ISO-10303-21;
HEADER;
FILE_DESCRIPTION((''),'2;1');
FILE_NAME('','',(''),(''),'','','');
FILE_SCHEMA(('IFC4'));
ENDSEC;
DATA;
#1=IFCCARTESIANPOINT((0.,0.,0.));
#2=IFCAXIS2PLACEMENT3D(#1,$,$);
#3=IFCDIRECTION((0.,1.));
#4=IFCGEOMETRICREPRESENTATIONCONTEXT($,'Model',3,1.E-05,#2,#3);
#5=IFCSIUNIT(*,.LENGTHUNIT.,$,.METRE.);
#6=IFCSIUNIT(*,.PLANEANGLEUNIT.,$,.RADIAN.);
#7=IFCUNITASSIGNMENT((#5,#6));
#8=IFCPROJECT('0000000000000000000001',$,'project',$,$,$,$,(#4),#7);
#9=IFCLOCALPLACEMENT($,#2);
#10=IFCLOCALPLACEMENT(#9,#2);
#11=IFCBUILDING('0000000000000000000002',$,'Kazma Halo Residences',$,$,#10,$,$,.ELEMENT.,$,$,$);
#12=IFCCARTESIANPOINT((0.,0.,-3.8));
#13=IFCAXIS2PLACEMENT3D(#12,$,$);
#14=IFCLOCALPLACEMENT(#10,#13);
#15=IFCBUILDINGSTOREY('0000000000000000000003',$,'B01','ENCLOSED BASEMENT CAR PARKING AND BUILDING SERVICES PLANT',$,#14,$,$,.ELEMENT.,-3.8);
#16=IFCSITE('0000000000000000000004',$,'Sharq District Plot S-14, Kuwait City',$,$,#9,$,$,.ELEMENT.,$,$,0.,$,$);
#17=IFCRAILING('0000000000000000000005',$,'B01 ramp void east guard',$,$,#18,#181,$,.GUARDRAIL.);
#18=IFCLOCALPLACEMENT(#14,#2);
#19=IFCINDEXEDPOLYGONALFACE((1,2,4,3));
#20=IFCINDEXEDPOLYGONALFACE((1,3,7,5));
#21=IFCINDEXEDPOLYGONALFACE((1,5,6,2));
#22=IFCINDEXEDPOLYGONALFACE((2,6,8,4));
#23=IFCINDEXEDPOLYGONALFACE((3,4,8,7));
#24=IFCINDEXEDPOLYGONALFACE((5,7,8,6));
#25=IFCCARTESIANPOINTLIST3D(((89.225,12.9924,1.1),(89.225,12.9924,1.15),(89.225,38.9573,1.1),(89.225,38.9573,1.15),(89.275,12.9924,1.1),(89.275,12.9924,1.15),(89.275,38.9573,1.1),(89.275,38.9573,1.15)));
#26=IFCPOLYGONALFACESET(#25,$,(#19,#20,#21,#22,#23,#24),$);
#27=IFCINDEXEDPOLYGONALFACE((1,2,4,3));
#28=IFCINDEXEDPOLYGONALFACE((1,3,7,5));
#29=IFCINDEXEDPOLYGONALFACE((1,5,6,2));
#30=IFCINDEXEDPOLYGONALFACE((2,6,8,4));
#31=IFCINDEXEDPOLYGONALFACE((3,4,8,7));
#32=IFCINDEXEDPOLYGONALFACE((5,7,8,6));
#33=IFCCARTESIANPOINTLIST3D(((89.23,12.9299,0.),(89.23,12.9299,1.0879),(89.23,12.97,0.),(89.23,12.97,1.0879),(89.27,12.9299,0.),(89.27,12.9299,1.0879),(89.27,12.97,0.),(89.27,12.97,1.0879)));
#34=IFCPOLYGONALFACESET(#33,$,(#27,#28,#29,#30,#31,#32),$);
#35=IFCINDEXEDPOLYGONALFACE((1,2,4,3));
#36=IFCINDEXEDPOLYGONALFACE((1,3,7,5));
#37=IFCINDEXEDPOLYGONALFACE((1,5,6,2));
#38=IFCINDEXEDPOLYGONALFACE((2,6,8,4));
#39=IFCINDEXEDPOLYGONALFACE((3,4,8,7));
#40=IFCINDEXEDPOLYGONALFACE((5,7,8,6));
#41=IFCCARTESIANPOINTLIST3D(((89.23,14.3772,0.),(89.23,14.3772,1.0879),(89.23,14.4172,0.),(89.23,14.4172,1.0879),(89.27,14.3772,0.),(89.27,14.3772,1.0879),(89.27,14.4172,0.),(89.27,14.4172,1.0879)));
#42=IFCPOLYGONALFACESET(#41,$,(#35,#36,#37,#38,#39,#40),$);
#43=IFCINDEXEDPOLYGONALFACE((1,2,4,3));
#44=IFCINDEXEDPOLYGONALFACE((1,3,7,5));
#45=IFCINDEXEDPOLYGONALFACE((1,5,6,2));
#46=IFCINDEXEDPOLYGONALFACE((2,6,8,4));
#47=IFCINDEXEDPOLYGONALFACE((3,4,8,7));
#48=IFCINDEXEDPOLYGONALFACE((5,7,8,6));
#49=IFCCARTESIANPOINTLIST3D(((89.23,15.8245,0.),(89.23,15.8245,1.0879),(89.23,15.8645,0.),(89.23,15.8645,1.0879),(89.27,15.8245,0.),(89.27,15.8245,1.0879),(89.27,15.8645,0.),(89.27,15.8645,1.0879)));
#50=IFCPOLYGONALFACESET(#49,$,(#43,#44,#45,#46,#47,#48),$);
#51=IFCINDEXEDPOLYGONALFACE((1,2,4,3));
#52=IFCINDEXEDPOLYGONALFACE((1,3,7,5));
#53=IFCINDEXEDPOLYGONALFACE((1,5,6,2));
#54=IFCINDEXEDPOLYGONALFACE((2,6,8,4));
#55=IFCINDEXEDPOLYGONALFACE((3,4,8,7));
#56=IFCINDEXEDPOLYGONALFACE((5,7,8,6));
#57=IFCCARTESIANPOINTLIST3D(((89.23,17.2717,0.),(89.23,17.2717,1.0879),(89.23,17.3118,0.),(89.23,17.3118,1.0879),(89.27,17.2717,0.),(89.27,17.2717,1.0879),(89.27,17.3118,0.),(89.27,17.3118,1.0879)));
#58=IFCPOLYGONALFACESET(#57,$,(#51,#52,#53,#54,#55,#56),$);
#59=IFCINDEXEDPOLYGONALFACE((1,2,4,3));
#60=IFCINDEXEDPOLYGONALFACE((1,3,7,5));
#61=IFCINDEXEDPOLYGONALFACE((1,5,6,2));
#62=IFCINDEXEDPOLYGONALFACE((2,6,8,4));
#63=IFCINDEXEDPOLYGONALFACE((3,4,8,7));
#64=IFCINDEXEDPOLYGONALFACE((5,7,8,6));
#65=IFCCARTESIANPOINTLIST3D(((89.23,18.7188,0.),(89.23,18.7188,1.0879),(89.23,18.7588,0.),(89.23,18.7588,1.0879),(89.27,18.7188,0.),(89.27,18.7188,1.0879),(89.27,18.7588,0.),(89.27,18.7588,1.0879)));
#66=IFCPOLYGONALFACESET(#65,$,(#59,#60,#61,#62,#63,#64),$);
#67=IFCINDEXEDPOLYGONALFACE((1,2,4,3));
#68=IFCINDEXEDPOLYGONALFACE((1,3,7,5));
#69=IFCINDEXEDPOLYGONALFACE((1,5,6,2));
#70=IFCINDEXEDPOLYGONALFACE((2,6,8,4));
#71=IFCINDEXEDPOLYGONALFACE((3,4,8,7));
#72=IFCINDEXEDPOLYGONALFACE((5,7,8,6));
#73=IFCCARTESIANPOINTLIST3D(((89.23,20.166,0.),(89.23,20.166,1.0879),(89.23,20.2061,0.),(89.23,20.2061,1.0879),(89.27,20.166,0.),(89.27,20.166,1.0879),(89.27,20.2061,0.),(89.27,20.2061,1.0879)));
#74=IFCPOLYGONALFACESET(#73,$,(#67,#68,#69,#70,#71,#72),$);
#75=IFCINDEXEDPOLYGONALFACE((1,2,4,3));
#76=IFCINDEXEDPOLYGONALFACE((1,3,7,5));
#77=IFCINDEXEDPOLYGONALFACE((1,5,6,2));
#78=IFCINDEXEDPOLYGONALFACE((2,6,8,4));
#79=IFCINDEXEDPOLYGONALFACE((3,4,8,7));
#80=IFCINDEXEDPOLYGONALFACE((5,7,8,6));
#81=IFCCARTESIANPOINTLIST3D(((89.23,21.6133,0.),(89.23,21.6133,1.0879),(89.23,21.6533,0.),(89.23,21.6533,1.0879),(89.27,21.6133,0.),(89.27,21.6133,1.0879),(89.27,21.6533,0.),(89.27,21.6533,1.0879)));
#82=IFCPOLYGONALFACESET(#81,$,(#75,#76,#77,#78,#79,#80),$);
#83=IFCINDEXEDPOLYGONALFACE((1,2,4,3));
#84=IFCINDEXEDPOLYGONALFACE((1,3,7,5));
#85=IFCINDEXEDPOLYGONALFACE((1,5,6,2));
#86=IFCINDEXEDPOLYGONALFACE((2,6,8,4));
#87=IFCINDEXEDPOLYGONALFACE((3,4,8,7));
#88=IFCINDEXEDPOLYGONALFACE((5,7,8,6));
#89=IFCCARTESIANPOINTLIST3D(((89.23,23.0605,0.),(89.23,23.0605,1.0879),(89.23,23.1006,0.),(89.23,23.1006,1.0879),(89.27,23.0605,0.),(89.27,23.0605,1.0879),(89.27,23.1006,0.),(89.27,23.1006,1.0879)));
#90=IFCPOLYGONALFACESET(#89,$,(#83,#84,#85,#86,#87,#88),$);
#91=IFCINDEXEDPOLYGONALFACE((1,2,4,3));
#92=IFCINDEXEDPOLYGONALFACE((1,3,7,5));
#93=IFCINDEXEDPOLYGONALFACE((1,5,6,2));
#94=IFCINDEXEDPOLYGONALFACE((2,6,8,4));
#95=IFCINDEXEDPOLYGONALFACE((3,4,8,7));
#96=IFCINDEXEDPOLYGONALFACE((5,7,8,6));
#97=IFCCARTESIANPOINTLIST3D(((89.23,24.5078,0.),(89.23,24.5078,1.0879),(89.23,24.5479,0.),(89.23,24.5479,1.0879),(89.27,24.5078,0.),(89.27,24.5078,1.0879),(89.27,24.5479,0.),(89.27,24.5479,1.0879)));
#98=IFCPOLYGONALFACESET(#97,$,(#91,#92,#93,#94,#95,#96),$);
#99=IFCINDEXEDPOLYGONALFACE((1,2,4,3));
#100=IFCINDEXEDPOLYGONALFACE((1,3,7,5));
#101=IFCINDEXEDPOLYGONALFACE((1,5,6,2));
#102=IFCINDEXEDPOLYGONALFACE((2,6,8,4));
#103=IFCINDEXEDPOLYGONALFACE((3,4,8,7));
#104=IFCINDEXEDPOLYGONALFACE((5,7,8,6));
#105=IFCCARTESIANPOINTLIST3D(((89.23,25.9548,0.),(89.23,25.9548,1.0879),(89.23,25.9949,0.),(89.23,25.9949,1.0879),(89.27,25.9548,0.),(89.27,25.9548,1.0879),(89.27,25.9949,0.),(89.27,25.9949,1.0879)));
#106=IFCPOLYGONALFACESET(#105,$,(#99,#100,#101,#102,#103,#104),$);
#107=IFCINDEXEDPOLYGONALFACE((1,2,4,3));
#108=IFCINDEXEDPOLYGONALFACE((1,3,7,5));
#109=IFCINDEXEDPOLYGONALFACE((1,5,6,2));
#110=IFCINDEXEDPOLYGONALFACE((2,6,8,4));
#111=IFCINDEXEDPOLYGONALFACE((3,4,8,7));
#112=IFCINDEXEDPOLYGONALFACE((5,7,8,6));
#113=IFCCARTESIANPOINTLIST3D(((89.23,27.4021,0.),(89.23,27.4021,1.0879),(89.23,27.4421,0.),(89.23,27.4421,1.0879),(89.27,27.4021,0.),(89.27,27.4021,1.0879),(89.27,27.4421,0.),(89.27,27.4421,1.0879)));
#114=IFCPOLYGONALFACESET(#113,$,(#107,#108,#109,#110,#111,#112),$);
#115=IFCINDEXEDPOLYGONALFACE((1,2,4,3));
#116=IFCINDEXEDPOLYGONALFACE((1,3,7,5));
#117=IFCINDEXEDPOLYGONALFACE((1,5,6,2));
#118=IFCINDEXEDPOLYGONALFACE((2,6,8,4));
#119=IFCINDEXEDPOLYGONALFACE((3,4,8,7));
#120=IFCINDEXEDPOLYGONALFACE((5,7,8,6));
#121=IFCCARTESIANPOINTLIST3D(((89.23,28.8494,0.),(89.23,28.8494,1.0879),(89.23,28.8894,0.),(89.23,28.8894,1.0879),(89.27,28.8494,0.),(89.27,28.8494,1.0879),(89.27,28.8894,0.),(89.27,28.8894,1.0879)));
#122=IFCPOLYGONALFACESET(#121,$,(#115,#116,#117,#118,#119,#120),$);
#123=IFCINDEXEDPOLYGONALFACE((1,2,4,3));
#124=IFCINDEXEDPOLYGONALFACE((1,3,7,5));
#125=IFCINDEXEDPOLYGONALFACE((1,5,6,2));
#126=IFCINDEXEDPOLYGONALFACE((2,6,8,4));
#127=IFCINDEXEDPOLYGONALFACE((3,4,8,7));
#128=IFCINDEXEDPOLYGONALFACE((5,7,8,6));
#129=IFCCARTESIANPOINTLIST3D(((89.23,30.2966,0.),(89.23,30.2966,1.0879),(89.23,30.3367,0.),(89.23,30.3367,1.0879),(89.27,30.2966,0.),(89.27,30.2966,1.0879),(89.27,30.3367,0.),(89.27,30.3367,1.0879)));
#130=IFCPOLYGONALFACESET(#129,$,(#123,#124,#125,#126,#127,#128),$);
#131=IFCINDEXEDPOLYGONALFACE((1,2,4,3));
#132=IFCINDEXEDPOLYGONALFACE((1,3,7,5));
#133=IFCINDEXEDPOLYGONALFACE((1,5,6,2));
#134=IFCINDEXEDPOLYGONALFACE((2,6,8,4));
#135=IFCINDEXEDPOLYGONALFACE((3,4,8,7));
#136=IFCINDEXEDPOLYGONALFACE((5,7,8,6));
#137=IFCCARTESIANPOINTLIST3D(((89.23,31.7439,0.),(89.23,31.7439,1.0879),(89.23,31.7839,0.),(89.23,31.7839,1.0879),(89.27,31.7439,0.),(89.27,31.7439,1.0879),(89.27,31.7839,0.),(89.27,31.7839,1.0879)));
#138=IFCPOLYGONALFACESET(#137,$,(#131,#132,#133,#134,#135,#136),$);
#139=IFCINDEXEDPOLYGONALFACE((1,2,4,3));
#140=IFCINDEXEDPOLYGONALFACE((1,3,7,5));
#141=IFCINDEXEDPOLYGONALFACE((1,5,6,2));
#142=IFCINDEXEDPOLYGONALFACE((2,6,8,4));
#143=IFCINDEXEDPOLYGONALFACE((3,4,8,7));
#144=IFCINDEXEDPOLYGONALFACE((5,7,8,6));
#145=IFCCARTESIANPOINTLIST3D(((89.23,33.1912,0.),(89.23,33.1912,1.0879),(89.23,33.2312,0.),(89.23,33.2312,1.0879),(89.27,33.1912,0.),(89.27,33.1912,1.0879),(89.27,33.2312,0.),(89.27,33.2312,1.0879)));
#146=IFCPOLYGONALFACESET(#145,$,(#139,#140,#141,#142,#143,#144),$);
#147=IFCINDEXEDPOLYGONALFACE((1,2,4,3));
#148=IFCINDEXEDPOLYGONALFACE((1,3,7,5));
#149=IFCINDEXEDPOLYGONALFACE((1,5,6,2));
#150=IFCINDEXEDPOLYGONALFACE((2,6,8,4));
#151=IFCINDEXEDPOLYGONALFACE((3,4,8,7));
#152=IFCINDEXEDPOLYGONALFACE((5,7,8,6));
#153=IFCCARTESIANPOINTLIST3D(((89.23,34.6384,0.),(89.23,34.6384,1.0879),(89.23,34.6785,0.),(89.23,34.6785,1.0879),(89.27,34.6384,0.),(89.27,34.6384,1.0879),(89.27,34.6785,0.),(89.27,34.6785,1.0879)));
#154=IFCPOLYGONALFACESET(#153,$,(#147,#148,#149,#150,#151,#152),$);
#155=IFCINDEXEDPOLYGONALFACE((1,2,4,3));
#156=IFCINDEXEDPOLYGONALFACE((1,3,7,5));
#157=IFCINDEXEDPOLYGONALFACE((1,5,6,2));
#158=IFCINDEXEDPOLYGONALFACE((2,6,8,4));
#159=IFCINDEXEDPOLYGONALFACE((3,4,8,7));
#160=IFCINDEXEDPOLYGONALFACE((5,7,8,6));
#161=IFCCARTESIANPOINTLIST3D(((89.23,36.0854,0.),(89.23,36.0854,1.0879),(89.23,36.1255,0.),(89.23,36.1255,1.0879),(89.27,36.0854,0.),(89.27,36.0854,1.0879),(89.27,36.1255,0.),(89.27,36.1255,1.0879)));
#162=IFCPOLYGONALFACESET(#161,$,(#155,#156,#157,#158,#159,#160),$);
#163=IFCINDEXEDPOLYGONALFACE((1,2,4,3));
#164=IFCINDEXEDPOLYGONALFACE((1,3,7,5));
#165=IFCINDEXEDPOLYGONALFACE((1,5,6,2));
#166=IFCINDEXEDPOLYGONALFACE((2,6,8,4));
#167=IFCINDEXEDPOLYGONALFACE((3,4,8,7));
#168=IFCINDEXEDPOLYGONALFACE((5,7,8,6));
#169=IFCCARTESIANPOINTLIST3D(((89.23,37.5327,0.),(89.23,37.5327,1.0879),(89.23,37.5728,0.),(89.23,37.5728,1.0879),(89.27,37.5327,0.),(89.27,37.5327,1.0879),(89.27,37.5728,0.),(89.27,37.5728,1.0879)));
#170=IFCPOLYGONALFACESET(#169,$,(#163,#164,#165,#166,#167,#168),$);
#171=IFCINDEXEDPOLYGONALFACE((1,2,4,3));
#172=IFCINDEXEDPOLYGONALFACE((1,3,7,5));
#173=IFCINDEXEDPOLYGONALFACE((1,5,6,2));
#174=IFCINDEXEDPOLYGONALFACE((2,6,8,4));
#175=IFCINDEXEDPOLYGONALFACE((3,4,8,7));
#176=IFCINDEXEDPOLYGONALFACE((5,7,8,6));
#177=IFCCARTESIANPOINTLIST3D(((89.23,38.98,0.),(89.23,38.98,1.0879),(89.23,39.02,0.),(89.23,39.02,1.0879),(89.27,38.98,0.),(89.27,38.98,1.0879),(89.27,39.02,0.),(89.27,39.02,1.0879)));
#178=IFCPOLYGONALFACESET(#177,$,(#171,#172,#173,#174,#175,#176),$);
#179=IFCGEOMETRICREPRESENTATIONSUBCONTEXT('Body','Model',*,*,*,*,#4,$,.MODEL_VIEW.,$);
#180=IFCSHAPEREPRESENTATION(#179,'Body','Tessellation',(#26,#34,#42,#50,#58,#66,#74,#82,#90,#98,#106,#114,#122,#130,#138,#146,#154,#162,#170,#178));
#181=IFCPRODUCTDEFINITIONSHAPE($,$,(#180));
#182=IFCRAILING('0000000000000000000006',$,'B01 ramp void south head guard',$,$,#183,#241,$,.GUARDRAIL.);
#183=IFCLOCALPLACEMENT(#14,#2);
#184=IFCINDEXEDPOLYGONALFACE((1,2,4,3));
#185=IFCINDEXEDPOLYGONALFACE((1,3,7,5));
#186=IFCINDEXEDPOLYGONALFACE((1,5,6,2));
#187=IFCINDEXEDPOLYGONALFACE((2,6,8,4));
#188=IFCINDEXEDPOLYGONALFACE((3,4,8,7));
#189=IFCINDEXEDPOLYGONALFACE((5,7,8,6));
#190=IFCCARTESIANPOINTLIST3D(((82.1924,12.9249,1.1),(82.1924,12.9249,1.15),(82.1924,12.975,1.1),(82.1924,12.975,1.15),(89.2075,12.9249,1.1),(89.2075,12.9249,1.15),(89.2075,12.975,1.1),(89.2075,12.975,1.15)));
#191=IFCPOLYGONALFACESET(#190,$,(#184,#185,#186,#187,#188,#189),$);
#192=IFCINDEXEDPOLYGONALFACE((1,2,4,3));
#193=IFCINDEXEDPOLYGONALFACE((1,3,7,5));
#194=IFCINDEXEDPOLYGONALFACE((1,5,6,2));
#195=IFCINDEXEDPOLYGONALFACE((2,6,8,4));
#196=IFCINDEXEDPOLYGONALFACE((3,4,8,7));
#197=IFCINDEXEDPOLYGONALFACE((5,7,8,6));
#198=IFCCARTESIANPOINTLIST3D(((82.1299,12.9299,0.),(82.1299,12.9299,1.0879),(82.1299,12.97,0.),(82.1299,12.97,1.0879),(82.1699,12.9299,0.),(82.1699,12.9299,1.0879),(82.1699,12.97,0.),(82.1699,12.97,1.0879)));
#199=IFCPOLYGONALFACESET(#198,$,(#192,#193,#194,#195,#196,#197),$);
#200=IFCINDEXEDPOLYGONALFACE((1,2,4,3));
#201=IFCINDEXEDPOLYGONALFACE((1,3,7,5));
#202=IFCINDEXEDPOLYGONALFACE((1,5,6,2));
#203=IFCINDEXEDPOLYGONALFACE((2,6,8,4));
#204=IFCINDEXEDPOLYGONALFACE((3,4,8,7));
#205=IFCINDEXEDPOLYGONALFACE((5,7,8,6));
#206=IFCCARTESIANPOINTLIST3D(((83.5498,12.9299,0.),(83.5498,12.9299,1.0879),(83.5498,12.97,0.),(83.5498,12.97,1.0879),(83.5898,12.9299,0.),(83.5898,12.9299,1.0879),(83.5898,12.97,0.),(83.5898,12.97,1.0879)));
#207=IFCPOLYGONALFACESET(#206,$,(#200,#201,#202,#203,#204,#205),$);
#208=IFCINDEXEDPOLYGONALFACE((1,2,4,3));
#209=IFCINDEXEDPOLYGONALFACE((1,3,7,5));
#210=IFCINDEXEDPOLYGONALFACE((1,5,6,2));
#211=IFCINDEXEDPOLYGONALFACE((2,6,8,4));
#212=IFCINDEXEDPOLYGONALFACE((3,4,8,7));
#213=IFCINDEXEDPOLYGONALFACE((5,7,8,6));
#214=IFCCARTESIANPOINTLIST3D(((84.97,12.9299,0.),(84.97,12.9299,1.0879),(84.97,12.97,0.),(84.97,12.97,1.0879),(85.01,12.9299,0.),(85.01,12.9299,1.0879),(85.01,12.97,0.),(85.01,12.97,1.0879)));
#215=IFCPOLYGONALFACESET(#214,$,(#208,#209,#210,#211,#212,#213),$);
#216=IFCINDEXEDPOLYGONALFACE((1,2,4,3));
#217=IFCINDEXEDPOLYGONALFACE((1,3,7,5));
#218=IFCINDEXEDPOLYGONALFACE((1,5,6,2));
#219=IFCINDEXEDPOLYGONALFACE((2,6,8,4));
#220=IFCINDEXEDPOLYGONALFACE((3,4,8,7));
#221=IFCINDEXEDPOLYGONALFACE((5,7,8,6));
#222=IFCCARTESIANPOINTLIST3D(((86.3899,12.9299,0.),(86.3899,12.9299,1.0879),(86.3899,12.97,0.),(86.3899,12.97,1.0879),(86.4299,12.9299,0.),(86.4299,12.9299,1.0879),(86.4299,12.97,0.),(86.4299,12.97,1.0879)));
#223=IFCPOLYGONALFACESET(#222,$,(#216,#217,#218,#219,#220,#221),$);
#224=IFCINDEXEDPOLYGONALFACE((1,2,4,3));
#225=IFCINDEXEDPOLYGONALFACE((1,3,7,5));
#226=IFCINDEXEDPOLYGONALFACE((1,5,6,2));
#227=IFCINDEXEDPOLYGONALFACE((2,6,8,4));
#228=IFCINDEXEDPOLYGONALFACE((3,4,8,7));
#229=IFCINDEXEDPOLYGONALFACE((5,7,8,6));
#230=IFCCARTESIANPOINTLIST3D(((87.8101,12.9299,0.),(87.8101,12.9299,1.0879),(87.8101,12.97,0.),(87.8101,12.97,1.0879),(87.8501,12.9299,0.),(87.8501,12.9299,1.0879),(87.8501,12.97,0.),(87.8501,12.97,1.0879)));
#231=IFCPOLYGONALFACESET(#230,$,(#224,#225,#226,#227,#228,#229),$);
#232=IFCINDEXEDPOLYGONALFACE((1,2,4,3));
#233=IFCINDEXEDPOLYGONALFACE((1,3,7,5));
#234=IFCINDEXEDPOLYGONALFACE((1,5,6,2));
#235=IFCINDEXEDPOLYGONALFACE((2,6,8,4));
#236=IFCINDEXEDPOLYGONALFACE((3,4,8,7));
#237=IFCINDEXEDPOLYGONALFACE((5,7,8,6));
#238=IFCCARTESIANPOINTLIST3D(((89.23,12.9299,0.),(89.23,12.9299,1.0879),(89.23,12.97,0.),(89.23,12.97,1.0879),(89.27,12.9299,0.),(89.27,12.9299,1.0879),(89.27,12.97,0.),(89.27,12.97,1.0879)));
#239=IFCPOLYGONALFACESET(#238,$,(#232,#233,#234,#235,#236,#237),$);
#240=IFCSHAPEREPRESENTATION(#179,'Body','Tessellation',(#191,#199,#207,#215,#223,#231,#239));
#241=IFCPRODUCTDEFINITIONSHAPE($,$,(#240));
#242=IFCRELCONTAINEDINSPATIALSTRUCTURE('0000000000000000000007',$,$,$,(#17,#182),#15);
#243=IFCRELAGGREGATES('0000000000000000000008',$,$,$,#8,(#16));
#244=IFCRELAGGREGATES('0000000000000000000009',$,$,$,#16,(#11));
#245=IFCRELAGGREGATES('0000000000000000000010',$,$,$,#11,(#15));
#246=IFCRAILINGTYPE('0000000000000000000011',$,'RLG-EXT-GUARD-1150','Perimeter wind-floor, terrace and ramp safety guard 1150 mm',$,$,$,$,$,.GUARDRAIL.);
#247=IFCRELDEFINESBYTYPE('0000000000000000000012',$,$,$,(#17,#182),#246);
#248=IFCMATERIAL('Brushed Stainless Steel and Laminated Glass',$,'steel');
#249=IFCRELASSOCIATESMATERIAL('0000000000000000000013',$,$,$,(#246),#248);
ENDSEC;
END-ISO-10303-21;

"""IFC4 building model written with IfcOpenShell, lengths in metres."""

from ifc_helpers import new_model, si_unit, direction, frame, origin, origin_2d, place, context, subcontext, project, spatial, rectangle, extrude, material, type_object, element, save


model = new_model("IFC4")

# Units and contexts
model_context = context("Model", 3, precision=1e-05, world=origin(), true_north=direction((0.0, 1.0)))
body_context = subcontext(model_context, "Body", "Model", "MODEL_VIEW")
ifc_project = project(units=[si_unit("LENGTHUNIT", "METRE"), si_unit("PLANEANGLEUNIT", "RADIAN")], contexts=[model_context])

# Site, building, storey
site_placement = place(None, origin())
site = spatial("IfcSite", under=ifc_project, at=site_placement, Name="Sharq District Plot S-14, Kuwait City", CompositionType="ELEMENT", RefElevation=0.0)
building_placement = place(site_placement, origin())
building = spatial("IfcBuilding", under=site, at=building_placement, Name="Kazma Halo Residences", CompositionType="ELEMENT")
storey_placement = place(building_placement, frame((0.0, 0.0, -3.8)))
storey = spatial("IfcBuildingStorey", under=building, at=storey_placement, Name="B01", Description="ENCLOSED BASEMENT CAR PARKING AND BUILDING SERVICES PLANT", CompositionType="ELEMENT", Elevation=-3.8)

# Railings
ifc_material_1 = material(Name="Brushed Stainless Steel and Laminated Glass", Category="steel")
railing_type = type_object("IfcRailingType", Name="RLG-EXT-GUARD-1150", Description="Perimeter wind-floor, terrace and ramp safety guard 1150 mm", PredefinedType="GUARDRAIL", material=ifc_material_1)
railing_1_placement = place(storey_placement, frame((89.25, 12.95, 0.0)))
element("IfcRailing", 1, at=railing_1_placement, inside=storey, type_object=railing_type, Name="B01 ramp void east guard", PredefinedType="GUARDRAIL", context=body_context, shape_type="SweptSolid", body=[
    extrude(rectangle(XDim=0.05, YDim=0.05, at=origin_2d()), frame((0.0, 0.0425, 1.125), z_axis=(0.0, 1.0, 0.0), x_axis=(-1.0, 0.0, 0.0)), (0.0, 0.0, 1.0), 25.9648),
    extrude(rectangle(XDim=0.04, YDim=0.04, at=origin_2d()), origin(), (0.0, 0.0, 1.0), 1.0879),
    extrude(rectangle(XDim=0.04, YDim=0.04, at=origin_2d()), frame((0.0, 1.4473, 0.0)), (0.0, 0.0, 1.0), 1.0879),
    extrude(rectangle(XDim=0.04, YDim=0.04, at=origin_2d()), frame((0.0, 2.8945, 0.0)), (0.0, 0.0, 1.0), 1.0879),
    extrude(rectangle(XDim=0.04, YDim=0.04, at=origin_2d()), frame((0.0, 4.3418, 0.0)), (0.0, 0.0, 1.0), 1.0879),
    extrude(rectangle(XDim=0.04, YDim=0.04, at=origin_2d()), frame((0.0, 5.7888, 0.0)), (0.0, 0.0, 1.0), 1.0879),
    extrude(rectangle(XDim=0.04, YDim=0.04, at=origin_2d()), frame((0.0, 7.2361, 0.0)), (0.0, 0.0, 1.0), 1.0879),
    extrude(rectangle(XDim=0.04, YDim=0.04, at=origin_2d()), frame((0.0, 8.6833, 0.0)), (0.0, 0.0, 1.0), 1.0879),
    extrude(rectangle(XDim=0.04, YDim=0.04, at=origin_2d()), frame((0.0, 10.1306, 0.0)), (0.0, 0.0, 1.0), 1.0879),
    extrude(rectangle(XDim=0.04, YDim=0.04, at=origin_2d()), frame((0.0, 11.5779, 0.0)), (0.0, 0.0, 1.0), 1.0879),
    extrude(rectangle(XDim=0.04, YDim=0.04, at=origin_2d()), frame((0.0, 13.0249, 0.0)), (0.0, 0.0, 1.0), 1.0879),
    extrude(rectangle(XDim=0.04, YDim=0.04, at=origin_2d()), frame((0.0, 14.4722, 0.0)), (0.0, 0.0, 1.0), 1.0879),
    extrude(rectangle(XDim=0.04, YDim=0.04, at=origin_2d()), frame((0.0, 15.9194, 0.0)), (0.0, 0.0, 1.0), 1.0879),
    extrude(rectangle(XDim=0.04, YDim=0.04, at=origin_2d()), frame((0.0, 17.3667, 0.0)), (0.0, 0.0, 1.0), 1.0879),
    extrude(rectangle(XDim=0.04, YDim=0.04, at=origin_2d()), frame((0.0, 18.814, 0.0)), (0.0, 0.0, 1.0), 1.0879),
    extrude(rectangle(XDim=0.04, YDim=0.04, at=origin_2d()), frame((0.0, 20.2612, 0.0)), (0.0, 0.0, 1.0), 1.0879),
    extrude(rectangle(XDim=0.04, YDim=0.04, at=origin_2d()), frame((0.0, 21.7085, 0.0)), (0.0, 0.0, 1.0), 1.0879),
    extrude(rectangle(XDim=0.04, YDim=0.04, at=origin_2d()), frame((0.0, 23.1555, 0.0)), (0.0, 0.0, 1.0), 1.0879),
    extrude(rectangle(XDim=0.04, YDim=0.04, at=origin_2d()), frame((0.0, 24.6028, 0.0)), (0.0, 0.0, 1.0), 1.0879),
    extrude(rectangle(XDim=0.04, YDim=0.04, at=origin_2d()), frame((0.0, 26.05, 0.0)), (0.0, 0.0, 1.0), 1.0879),
])
railing_2_placement = place(storey_placement, frame((82.1499, 12.95, 0.0)))
element("IfcRailing", 2, at=railing_2_placement, inside=storey, type_object=railing_type, Name="B01 ramp void south head guard", PredefinedType="GUARDRAIL", context=body_context, shape_type="SweptSolid", body=[
    extrude(rectangle(XDim=0.05, YDim=0.05, at=origin_2d()), frame((0.0425, 0.0, 1.125), z_axis=(1.0, 0.0, 0.0), x_axis=(0.0, 1.0, 0.0)), (0.0, 0.0, 1.0), 7.0151),
    extrude(rectangle(XDim=0.04, YDim=0.04, at=origin_2d()), origin(), (0.0, 0.0, 1.0), 1.0879),
    extrude(rectangle(XDim=0.04, YDim=0.04, at=origin_2d()), frame((1.4199, 0.0, 0.0)), (0.0, 0.0, 1.0), 1.0879),
    extrude(rectangle(XDim=0.04, YDim=0.04, at=origin_2d()), frame((2.8401, 0.0, 0.0)), (0.0, 0.0, 1.0), 1.0879),
    extrude(rectangle(XDim=0.04, YDim=0.04, at=origin_2d()), frame((4.26, 0.0, 0.0)), (0.0, 0.0, 1.0), 1.0879),
    extrude(rectangle(XDim=0.04, YDim=0.04, at=origin_2d()), frame((5.6802, 0.0, 0.0)), (0.0, 0.0, 1.0), 1.0879),
    extrude(rectangle(XDim=0.04, YDim=0.04, at=origin_2d()), frame((7.1001, 0.0, 0.0)), (0.0, 0.0, 1.0), 1.0879),
])

save(model, "model.ifc")
